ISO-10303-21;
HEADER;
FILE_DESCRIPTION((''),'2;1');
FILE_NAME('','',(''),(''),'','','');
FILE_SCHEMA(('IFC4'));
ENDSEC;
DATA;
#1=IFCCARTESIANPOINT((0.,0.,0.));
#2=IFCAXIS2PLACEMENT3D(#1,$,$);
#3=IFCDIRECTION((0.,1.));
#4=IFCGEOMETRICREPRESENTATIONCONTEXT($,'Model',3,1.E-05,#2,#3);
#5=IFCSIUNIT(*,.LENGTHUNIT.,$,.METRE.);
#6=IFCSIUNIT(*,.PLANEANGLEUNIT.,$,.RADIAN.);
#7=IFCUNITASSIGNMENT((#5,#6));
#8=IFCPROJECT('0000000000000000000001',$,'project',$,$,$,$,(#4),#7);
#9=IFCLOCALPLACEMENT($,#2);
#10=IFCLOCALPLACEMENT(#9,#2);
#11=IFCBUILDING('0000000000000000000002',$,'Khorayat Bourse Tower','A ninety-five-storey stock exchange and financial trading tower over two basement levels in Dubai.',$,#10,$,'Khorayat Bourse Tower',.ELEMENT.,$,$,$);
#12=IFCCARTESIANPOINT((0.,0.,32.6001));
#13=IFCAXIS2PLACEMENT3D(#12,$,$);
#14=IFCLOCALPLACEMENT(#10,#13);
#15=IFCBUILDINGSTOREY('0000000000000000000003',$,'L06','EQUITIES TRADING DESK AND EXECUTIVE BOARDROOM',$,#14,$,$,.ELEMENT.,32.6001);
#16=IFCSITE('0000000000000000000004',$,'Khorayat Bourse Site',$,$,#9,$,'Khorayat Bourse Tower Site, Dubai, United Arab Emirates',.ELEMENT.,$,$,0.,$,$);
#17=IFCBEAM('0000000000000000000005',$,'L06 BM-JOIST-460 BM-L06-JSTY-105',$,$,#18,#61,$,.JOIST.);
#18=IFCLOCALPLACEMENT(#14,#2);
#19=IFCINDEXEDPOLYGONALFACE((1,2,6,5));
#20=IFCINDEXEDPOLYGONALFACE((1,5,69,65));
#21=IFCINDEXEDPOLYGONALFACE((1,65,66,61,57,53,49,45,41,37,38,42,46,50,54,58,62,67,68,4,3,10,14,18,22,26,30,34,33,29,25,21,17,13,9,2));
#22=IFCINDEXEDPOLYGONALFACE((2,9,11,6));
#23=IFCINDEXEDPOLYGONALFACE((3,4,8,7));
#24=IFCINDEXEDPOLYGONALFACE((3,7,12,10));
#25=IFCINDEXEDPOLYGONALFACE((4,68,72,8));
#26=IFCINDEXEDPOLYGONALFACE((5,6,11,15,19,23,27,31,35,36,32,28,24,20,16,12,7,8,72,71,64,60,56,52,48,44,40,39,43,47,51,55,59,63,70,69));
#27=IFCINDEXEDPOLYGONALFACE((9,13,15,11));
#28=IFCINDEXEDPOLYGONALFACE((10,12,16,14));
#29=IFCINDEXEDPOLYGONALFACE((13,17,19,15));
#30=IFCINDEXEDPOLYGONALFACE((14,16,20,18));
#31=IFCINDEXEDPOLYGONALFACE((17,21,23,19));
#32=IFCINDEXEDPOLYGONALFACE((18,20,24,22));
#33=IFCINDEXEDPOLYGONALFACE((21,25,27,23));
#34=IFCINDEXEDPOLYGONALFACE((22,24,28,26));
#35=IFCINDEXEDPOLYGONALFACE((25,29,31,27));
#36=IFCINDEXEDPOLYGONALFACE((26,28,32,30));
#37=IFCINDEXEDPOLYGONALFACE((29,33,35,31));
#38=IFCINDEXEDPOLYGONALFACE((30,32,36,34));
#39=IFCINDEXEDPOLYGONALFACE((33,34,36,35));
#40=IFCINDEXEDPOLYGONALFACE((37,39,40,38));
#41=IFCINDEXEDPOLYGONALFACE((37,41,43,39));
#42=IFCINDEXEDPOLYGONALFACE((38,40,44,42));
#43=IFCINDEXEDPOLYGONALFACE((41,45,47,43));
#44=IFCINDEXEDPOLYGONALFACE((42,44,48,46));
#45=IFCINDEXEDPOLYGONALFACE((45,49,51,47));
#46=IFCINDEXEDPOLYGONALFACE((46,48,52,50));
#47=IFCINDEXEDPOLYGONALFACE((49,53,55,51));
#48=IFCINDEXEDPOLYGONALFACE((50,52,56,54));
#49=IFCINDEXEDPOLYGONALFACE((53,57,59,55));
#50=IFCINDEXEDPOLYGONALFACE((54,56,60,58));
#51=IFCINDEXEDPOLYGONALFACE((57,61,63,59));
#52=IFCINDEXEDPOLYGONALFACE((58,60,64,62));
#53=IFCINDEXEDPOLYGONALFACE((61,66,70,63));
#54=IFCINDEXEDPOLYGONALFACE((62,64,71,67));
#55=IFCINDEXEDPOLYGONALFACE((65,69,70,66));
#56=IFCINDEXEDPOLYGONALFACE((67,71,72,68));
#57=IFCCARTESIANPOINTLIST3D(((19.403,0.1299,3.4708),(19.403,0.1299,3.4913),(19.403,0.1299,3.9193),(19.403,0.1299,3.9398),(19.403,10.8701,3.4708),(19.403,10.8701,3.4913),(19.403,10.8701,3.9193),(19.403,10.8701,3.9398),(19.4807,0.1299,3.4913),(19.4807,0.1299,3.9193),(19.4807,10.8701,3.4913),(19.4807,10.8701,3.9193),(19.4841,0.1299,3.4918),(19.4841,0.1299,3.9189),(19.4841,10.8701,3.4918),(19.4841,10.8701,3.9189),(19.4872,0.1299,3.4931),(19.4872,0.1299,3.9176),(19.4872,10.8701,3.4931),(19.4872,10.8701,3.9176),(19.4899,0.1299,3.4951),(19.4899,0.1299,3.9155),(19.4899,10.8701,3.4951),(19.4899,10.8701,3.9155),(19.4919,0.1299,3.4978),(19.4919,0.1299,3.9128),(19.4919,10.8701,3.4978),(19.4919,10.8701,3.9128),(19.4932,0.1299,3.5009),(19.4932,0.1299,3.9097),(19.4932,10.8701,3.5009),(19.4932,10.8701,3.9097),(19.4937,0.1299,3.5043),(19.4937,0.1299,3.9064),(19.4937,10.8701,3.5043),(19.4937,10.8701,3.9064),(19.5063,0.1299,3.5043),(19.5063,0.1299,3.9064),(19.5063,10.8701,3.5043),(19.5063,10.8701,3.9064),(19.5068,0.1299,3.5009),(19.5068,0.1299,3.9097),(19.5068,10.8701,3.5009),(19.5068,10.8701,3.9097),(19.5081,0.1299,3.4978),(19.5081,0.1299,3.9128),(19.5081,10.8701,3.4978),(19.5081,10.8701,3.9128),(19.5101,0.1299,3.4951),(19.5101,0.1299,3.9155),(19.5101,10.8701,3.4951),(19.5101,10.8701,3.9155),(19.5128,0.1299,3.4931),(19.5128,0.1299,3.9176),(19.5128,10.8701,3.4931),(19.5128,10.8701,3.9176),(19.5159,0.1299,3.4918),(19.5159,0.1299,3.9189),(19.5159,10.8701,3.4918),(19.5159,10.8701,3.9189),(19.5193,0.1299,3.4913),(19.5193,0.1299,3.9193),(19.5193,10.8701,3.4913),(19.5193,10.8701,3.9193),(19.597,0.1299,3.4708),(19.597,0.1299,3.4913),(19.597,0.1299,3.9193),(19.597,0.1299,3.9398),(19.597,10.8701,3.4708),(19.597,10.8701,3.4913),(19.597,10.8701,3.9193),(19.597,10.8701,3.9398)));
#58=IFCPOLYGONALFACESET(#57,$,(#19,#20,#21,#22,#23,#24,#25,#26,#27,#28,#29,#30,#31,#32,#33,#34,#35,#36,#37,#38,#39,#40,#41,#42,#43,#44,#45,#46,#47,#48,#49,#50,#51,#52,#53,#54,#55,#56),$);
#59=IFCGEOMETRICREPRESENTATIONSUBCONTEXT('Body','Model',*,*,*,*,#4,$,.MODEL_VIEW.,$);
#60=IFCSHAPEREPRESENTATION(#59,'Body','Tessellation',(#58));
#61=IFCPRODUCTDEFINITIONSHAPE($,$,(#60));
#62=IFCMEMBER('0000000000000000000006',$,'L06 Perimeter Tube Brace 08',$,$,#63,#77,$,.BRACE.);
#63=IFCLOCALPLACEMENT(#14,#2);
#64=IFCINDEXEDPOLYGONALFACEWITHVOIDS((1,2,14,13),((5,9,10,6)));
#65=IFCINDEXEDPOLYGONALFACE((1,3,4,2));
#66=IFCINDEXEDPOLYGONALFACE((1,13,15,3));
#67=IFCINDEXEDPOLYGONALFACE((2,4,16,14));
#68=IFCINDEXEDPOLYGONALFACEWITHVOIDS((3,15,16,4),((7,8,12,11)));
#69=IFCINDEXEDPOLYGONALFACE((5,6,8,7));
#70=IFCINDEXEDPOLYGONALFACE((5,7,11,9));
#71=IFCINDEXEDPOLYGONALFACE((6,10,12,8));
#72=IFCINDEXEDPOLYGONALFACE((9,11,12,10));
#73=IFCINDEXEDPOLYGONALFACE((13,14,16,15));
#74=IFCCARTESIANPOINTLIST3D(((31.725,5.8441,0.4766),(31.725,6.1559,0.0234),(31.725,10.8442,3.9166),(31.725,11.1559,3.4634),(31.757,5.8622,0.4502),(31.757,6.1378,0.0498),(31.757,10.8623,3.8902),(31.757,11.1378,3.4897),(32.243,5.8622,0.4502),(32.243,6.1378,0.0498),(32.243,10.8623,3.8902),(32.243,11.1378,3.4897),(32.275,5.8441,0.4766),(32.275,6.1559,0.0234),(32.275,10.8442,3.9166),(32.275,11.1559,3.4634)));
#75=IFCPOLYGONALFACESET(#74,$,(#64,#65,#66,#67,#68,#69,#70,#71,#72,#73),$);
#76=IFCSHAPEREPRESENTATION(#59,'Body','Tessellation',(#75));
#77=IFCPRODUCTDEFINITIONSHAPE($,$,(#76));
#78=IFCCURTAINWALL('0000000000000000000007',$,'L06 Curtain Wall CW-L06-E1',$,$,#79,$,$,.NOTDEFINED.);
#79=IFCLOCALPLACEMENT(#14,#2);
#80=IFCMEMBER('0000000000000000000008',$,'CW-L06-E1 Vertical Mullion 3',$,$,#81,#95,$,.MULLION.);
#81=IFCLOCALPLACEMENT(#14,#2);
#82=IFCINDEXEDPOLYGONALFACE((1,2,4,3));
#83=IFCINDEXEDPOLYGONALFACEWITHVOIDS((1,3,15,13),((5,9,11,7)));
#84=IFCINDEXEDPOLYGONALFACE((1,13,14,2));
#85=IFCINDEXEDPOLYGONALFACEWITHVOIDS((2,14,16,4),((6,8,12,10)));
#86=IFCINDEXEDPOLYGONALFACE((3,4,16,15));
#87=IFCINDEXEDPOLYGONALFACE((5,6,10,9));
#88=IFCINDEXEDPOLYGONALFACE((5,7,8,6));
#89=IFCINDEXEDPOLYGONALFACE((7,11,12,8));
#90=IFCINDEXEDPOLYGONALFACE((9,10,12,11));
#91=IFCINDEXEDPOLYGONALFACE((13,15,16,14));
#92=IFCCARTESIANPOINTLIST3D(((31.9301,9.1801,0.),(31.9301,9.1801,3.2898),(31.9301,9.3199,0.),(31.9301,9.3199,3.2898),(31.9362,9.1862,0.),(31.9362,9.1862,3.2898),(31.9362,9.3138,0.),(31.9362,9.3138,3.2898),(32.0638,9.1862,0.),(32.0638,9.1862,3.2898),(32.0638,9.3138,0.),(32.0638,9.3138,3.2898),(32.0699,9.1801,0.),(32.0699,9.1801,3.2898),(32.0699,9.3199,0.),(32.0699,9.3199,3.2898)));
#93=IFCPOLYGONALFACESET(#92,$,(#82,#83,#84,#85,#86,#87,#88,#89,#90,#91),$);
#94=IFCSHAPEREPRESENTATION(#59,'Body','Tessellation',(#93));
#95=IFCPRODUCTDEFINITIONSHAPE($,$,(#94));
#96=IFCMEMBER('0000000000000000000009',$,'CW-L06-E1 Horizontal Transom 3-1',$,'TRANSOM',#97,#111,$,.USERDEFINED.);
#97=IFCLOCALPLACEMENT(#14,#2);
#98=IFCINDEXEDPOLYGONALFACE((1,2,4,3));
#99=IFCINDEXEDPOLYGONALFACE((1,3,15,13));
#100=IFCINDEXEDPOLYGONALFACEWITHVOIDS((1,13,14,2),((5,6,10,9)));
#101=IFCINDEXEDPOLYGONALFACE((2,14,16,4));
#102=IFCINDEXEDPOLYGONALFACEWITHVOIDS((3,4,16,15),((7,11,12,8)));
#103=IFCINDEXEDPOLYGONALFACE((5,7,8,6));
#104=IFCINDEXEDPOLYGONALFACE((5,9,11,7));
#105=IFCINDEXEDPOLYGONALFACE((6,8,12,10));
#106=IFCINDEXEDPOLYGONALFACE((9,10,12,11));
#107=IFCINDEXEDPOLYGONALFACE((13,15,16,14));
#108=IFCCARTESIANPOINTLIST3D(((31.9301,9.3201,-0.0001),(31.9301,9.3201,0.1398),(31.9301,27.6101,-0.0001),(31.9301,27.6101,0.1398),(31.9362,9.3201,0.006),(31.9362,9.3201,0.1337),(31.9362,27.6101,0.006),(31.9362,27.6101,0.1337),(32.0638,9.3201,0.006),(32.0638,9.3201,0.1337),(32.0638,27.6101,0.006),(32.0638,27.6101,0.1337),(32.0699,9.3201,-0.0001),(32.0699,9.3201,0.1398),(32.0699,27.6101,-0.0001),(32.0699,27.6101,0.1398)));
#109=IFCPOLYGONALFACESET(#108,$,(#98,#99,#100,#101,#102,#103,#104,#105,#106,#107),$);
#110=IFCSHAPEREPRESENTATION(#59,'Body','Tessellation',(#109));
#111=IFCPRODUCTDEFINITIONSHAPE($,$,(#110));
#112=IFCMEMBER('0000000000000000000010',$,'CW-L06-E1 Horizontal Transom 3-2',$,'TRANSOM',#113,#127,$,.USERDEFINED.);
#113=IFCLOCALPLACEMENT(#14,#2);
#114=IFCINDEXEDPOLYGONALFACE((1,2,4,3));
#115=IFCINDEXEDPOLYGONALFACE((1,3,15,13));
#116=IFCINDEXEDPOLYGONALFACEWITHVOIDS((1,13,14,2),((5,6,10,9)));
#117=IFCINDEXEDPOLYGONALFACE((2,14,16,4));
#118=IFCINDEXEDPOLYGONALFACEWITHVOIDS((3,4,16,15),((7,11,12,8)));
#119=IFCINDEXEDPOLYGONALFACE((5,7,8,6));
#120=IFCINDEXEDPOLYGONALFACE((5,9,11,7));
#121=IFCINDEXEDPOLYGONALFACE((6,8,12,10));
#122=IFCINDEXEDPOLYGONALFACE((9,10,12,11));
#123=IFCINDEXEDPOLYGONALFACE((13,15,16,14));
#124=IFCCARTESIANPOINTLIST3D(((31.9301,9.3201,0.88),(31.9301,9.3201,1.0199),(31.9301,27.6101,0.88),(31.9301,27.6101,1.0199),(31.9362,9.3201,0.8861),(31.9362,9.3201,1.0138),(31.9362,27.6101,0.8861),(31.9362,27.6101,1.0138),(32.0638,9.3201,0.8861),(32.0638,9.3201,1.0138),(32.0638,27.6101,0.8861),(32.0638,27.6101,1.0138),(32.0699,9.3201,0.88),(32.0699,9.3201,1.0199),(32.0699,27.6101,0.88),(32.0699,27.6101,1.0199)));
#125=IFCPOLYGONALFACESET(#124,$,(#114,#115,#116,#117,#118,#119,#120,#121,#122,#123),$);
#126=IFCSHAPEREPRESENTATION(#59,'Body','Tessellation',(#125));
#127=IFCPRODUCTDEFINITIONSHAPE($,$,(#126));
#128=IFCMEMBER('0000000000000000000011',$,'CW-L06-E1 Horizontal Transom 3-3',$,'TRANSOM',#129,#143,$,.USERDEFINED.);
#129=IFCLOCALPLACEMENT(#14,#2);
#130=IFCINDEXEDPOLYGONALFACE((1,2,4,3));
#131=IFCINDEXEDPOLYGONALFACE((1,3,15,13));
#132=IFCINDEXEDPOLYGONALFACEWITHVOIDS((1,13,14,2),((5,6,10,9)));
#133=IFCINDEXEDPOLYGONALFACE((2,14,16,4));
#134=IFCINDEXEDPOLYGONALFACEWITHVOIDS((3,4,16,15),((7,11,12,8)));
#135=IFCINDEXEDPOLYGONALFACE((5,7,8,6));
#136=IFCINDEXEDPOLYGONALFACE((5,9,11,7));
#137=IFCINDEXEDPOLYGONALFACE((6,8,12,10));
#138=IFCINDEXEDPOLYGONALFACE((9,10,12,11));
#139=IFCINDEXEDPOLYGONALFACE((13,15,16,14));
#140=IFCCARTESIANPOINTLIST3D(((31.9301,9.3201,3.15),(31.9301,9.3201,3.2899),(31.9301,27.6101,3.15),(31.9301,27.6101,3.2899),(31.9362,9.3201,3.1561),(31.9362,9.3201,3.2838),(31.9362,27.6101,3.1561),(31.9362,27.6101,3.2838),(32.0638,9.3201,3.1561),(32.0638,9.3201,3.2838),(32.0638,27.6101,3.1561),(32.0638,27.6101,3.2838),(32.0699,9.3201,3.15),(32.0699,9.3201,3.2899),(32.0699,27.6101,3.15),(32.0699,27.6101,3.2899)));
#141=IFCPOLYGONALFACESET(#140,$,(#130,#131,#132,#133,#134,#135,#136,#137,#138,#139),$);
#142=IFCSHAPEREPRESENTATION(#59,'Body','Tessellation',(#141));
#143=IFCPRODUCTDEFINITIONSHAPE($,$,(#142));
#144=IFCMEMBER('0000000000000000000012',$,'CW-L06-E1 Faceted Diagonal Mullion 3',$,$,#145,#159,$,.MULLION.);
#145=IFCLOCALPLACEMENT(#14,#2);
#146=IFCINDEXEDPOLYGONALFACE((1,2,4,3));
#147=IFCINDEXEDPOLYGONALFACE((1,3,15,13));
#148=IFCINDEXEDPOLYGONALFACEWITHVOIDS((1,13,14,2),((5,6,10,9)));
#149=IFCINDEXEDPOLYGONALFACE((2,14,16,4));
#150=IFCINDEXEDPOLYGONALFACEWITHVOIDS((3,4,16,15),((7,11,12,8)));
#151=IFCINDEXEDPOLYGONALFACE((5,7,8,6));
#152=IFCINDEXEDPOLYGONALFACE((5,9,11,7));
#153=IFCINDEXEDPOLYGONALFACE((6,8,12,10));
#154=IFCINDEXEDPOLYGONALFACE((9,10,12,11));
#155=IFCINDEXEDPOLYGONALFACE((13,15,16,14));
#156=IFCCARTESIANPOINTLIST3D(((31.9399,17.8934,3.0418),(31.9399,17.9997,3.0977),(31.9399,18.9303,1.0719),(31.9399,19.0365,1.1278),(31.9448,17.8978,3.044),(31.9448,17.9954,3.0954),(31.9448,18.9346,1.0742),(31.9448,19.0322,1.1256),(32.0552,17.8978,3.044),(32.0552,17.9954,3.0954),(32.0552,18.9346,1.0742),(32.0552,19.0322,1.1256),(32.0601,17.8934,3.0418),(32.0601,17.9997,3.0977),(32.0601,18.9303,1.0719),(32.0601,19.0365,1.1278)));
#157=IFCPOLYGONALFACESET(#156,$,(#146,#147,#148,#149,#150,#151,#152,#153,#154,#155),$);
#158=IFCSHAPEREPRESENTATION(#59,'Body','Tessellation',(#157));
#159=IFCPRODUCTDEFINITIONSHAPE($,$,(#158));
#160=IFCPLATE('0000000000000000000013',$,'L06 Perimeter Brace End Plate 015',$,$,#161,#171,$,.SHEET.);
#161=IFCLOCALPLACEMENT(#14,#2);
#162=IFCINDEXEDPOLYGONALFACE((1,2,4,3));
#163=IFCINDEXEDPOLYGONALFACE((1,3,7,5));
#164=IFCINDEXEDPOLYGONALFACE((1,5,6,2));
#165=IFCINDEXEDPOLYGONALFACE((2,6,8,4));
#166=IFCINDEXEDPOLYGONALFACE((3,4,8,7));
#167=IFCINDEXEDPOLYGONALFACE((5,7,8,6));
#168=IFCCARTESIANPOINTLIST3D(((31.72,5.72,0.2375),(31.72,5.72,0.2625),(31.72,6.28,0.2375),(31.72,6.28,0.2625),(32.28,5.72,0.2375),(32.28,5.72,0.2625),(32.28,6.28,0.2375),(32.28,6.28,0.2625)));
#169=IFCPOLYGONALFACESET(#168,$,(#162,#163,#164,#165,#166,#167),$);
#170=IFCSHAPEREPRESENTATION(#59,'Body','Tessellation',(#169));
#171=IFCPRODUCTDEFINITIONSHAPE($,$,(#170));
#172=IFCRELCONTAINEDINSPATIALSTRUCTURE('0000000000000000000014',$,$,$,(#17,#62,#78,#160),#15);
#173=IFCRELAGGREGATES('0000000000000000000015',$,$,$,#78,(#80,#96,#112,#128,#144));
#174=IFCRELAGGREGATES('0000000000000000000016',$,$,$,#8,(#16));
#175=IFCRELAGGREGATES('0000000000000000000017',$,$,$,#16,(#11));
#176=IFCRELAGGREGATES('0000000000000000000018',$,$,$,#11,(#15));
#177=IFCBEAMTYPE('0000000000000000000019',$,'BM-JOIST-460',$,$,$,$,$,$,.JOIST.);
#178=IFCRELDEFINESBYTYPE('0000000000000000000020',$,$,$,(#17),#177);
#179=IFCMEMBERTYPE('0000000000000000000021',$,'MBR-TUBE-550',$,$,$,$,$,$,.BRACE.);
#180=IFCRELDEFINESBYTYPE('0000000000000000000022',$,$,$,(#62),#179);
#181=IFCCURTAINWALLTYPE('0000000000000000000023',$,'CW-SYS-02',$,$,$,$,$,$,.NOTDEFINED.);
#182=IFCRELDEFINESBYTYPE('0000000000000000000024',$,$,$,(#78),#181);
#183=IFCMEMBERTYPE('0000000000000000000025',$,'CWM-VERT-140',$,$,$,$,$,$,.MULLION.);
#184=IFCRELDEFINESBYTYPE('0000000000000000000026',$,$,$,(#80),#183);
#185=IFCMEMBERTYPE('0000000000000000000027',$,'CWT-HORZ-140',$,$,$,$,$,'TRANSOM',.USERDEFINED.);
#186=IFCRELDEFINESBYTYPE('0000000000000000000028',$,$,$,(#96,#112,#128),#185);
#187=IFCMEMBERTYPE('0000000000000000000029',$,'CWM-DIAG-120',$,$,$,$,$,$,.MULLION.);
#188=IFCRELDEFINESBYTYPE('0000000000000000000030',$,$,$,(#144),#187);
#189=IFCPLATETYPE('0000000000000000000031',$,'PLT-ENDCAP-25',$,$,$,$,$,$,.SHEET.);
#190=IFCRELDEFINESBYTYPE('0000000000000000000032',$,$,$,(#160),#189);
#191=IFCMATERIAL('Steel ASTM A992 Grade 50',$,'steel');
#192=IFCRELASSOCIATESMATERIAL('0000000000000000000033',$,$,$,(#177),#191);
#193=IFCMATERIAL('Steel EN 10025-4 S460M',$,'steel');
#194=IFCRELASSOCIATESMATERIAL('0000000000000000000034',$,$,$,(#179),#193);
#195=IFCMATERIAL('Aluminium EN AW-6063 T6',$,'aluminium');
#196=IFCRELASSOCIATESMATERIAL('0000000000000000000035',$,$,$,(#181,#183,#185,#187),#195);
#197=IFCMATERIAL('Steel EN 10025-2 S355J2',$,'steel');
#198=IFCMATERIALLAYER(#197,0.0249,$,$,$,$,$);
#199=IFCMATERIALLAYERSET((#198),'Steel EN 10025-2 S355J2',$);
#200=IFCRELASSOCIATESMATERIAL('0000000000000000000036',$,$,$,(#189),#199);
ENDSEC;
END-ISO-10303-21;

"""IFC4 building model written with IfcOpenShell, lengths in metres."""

from ifc_helpers import new_model, si_unit, direction, frame, origin, origin_2d, place, context, subcontext, project, spatial, rectangle, hollow_rectangle, i_section, extrude, source, transform, mapped, material, layer, layer_set, material_profile, profile_set, type_object, element, aggregate, save


model = new_model("IFC4")

# Units and contexts
model_context = context("Model", 3, precision=1e-05, world=origin(), true_north=direction((0.0, 1.0)))
body_context = subcontext(model_context, "Body", "Model", "MODEL_VIEW")
ifc_project = project(units=[si_unit("LENGTHUNIT", "METRE"), si_unit("PLANEANGLEUNIT", "RADIAN")], contexts=[model_context])

# Site, building, storey
site_placement = place(None, origin())
site = spatial("IfcSite", under=ifc_project, at=site_placement, Name="Khorayat Bourse Site", LongName="Khorayat Bourse Tower Site, Dubai, United Arab Emirates", CompositionType="ELEMENT", RefElevation=0.0)
building_placement = place(site_placement, origin())
building = spatial("IfcBuilding", under=site, at=building_placement, Name="Khorayat Bourse Tower", Description="A ninety-five-storey stock exchange and financial trading tower over two basement levels in Dubai.", LongName="Khorayat Bourse Tower", CompositionType="ELEMENT")
storey_placement = place(building_placement, frame((0.0, 0.0, 32.6001)))
storey = spatial("IfcBuildingStorey", under=building, at=storey_placement, Name="L06", Description="EQUITIES TRADING DESK AND EXECUTIVE BOARDROOM", CompositionType="ELEMENT", Elevation=32.6001)

# Shared definitions
ifc_material_1 = material(Name="Steel EN 10025-4 S460M", Category="steel")

# Beam
ifc_material_2 = material(Name="Steel ASTM A992 Grade 50", Category="steel")
ifc_material_profile_1 = material_profile(ifc_material_2, i_section(OverallWidth=0.1941, OverallDepth=0.469, WebThickness=0.0127, FlangeThickness=0.0205, FilletRadius=0.0129, at=origin_2d()), Name="W460X106")
ifc_profile_set_1 = profile_set([ifc_material_profile_1], Name="Steel ASTM A992 Grade 50")
beam_type_1 = type_object("IfcBeamType", Name="BM-JOIST-460", PredefinedType="JOIST", material=ifc_profile_set_1)
shared_shape_1 = source(origin(), body_context, "Body", "SweptSolid", [
    extrude(i_section(OverallWidth=0.1941, OverallDepth=0.469, WebThickness=0.0127, FlangeThickness=0.0205, FilletRadius=0.0129, at=origin_2d()), origin(), (0.0, 0.0, 1.0), 10.7402),
])
beam_1_placement = place(storey_placement, frame((19.5, 0.1299, 3.7053), z_axis=(0.0, 1.0, 0.0), x_axis=(-1.0, 0.0, 0.0)))
element("IfcBeam", 1, at=beam_1_placement, inside=storey, type_object=beam_type_1, Name="L06 BM-JOIST-460 BM-L06-JSTY-105", PredefinedType="JOIST", context=body_context, shape_type="MappedRepresentation", body=[
    mapped(shared_shape_1, transform((0.0, 0.0, 0.0), scale=1.0)),
])

# Member
ifc_material_profile_2 = material_profile(ifc_material_1, hollow_rectangle(XDim=0.55, YDim=0.55, WallThickness=0.032, at=origin_2d()), Name="HSS 550x550x32")
ifc_profile_set_2 = profile_set([ifc_material_profile_2], Name="Steel EN 10025-4 S460M")
member_type_1 = type_object("IfcMemberType", Name="MBR-TUBE-550", PredefinedType="BRACE", material=ifc_profile_set_2)
shared_shape_2 = source(origin(), body_context, "Body", "SweptSolid", [
    extrude(hollow_rectangle(XDim=0.55, YDim=0.55, WallThickness=0.032, at=origin_2d()), origin(), (0.0, 0.0, 1.0), 6.0691),
])
member_1_placement = place(storey_placement, frame((32.0, 6.0, 0.25), z_axis=(0.0, 0.823854, 0.566802), x_axis=(-1.0, 0.0, 0.0)))
element("IfcMember", 2, at=member_1_placement, inside=storey, type_object=member_type_1, Name="L06 Perimeter Tube Brace 08", PredefinedType="BRACE", context=body_context, shape_type="MappedRepresentation", body=[
    mapped(shared_shape_2, transform((0.0, 0.0, 0.0), scale=1.0)),
])

# Curtain wall, members
ifc_material_3 = material(Name="Aluminium EN AW-6063 T6", Category="aluminium")
curtain_wall_type = type_object("IfcCurtainWallType", Name="CW-SYS-02", PredefinedType="NOTDEFINED", material=ifc_material_3)
curtain_wall_placement = place(storey_placement, origin())
curtain_wall = element("IfcCurtainWall", 3, at=curtain_wall_placement, inside=storey, type_object=curtain_wall_type, Name="L06 Curtain Wall CW-L06-E1", PredefinedType="NOTDEFINED")
ifc_material_profile_3 = material_profile(ifc_material_3, hollow_rectangle(XDim=0.1399, YDim=0.1399, WallThickness=0.0061, at=origin_2d()), Name="ALU 140x140x6")
ifc_profile_set_3 = profile_set([ifc_material_profile_3], Name="Aluminium EN AW-6063 T6")
member_type_2 = type_object("IfcMemberType", Name="CWM-VERT-140", PredefinedType="MULLION", material=ifc_profile_set_3)
shared_shape_3 = source(origin(), body_context, "Body", "SweptSolid", [
    extrude(hollow_rectangle(XDim=0.1399, YDim=0.1399, WallThickness=0.0061, at=origin_2d()), origin(), (0.0, 0.0, 1.0), 3.2898),
])
member_2_placement = place(storey_placement, frame((32.0, 9.25, 0.0), z_axis=(0.0, 0.0, 1.0), x_axis=(-1.0, 0.0, 0.0)))
member_2 = element("IfcMember", 4, at=member_2_placement, type_object=member_type_2, Name="CW-L06-E1 Vertical Mullion 3", PredefinedType="MULLION", context=body_context, shape_type="MappedRepresentation", body=[
    mapped(shared_shape_3, transform((0.0, 0.0, 0.0), scale=1.0)),
])
ifc_material_profile_4 = material_profile(ifc_material_3, hollow_rectangle(XDim=0.1399, YDim=0.1399, WallThickness=0.0061, at=origin_2d()), Name="ALU 140x140x6")
ifc_profile_set_4 = profile_set([ifc_material_profile_4], Name="Aluminium EN AW-6063 T6")
member_type_3 = type_object("IfcMemberType", Name="CWT-HORZ-140", ElementType="TRANSOM", PredefinedType="USERDEFINED", material=ifc_profile_set_4)
shared_shape_4 = source(origin(), body_context, "Body", "SweptSolid", [
    extrude(hollow_rectangle(XDim=0.1399, YDim=0.1399, WallThickness=0.0061, at=origin_2d()), origin(), (0.0, 0.0, 1.0), 18.29),
])
member_3_placement = place(storey_placement, frame((32.0, 9.3201, 0.0698), z_axis=(0.0, 1.0, 0.0), x_axis=(-1.0, 0.0, 0.0)))
member_3 = element("IfcMember", 5, at=member_3_placement, type_object=member_type_3, Name="CW-L06-E1 Horizontal Transom 3-1", ObjectType="TRANSOM", PredefinedType="USERDEFINED", context=body_context, shape_type="MappedRepresentation", body=[
    mapped(shared_shape_4, transform((0.0, 0.0, 0.0), scale=1.0)),
])
member_4_placement = place(storey_placement, frame((32.0, 9.3201, 0.95), z_axis=(0.0, 1.0, 0.0), x_axis=(-1.0, 0.0, 0.0)))
member_4 = element("IfcMember", 6, at=member_4_placement, type_object=member_type_3, Name="CW-L06-E1 Horizontal Transom 3-2", ObjectType="TRANSOM", PredefinedType="USERDEFINED", context=body_context, shape_type="MappedRepresentation", body=[
    mapped(shared_shape_4, transform((0.0, 0.0, 0.0), scale=1.0)),
])
member_5_placement = place(storey_placement, frame((32.0, 9.3201, 3.22), z_axis=(0.0, 1.0, 0.0), x_axis=(-1.0, 0.0, 0.0)))
member_5 = element("IfcMember", 7, at=member_5_placement, type_object=member_type_3, Name="CW-L06-E1 Horizontal Transom 3-3", ObjectType="TRANSOM", PredefinedType="USERDEFINED", context=body_context, shape_type="MappedRepresentation", body=[
    mapped(shared_shape_4, transform((0.0, 0.0, 0.0), scale=1.0)),
])
ifc_material_profile_5 = material_profile(ifc_material_3, hollow_rectangle(XDim=0.1201, YDim=0.1201, WallThickness=0.0049, at=origin_2d()), Name="ALU 120x120x5")
ifc_profile_set_5 = profile_set([ifc_material_profile_5], Name="Aluminium EN AW-6063 T6")
member_type_4 = type_object("IfcMemberType", Name="CWM-DIAG-120", PredefinedType="MULLION", material=ifc_profile_set_5)
shared_shape_5 = source(origin(), body_context, "Body", "SweptSolid", [
    extrude(hollow_rectangle(XDim=0.1201, YDim=0.1201, WallThickness=0.0049, at=origin_2d()), origin(), (0.0, 0.0, 1.0), 2.2261),
])
member_6_placement = place(storey_placement, frame((32.0, 18.9834, 1.0999), z_axis=(0.0, -0.46576, 0.884911), x_axis=(1.0, 0.0, 0.0)))
member_6 = element("IfcMember", 8, at=member_6_placement, type_object=member_type_4, Name="CW-L06-E1 Faceted Diagonal Mullion 3", PredefinedType="MULLION", context=body_context, shape_type="MappedRepresentation", body=[
    mapped(shared_shape_5, transform((0.0, 0.0, 0.0), scale=1.0)),
])

# Plate
ifc_material_4 = material(Name="Steel EN 10025-2 S355J2", Category="steel")
ifc_layer_1 = layer(ifc_material_4, 0.0249)
ifc_layer_set_1 = layer_set([ifc_layer_1], Name="Steel EN 10025-2 S355J2")
plate_type_1 = type_object("IfcPlateType", Name="PLT-ENDCAP-25", PredefinedType="SHEET", material=ifc_layer_set_1)
shared_shape_6 = source(origin(), body_context, "Body", "SweptSolid", [
    extrude(rectangle(XDim=0.5601, YDim=0.5601, at=origin_2d()), origin(), (0.0, 0.0, 1.0), 0.0249),
])
for number, where, z_axis, x_axis, name in (
    (9, (32.0, 6.0, 0.2375), (0.0, 0.0, 1.0), (1.0, 0.0, 0.0), "L06 Perimeter Brace End Plate 015"),
):
    element("IfcPlate", number, at=place(storey_placement, frame(where, z_axis=z_axis, x_axis=x_axis)), inside=storey, type_object=plate_type_1, Name=name, PredefinedType="SHEET", context=body_context, shape_type="MappedRepresentation", body=[
        mapped(shared_shape_6, transform((0.0, 0.0, 0.0), scale=1.0)),
    ])

aggregate(curtain_wall, [member_2, member_3, member_4, member_5, member_6])

save(model, "model.ifc")
